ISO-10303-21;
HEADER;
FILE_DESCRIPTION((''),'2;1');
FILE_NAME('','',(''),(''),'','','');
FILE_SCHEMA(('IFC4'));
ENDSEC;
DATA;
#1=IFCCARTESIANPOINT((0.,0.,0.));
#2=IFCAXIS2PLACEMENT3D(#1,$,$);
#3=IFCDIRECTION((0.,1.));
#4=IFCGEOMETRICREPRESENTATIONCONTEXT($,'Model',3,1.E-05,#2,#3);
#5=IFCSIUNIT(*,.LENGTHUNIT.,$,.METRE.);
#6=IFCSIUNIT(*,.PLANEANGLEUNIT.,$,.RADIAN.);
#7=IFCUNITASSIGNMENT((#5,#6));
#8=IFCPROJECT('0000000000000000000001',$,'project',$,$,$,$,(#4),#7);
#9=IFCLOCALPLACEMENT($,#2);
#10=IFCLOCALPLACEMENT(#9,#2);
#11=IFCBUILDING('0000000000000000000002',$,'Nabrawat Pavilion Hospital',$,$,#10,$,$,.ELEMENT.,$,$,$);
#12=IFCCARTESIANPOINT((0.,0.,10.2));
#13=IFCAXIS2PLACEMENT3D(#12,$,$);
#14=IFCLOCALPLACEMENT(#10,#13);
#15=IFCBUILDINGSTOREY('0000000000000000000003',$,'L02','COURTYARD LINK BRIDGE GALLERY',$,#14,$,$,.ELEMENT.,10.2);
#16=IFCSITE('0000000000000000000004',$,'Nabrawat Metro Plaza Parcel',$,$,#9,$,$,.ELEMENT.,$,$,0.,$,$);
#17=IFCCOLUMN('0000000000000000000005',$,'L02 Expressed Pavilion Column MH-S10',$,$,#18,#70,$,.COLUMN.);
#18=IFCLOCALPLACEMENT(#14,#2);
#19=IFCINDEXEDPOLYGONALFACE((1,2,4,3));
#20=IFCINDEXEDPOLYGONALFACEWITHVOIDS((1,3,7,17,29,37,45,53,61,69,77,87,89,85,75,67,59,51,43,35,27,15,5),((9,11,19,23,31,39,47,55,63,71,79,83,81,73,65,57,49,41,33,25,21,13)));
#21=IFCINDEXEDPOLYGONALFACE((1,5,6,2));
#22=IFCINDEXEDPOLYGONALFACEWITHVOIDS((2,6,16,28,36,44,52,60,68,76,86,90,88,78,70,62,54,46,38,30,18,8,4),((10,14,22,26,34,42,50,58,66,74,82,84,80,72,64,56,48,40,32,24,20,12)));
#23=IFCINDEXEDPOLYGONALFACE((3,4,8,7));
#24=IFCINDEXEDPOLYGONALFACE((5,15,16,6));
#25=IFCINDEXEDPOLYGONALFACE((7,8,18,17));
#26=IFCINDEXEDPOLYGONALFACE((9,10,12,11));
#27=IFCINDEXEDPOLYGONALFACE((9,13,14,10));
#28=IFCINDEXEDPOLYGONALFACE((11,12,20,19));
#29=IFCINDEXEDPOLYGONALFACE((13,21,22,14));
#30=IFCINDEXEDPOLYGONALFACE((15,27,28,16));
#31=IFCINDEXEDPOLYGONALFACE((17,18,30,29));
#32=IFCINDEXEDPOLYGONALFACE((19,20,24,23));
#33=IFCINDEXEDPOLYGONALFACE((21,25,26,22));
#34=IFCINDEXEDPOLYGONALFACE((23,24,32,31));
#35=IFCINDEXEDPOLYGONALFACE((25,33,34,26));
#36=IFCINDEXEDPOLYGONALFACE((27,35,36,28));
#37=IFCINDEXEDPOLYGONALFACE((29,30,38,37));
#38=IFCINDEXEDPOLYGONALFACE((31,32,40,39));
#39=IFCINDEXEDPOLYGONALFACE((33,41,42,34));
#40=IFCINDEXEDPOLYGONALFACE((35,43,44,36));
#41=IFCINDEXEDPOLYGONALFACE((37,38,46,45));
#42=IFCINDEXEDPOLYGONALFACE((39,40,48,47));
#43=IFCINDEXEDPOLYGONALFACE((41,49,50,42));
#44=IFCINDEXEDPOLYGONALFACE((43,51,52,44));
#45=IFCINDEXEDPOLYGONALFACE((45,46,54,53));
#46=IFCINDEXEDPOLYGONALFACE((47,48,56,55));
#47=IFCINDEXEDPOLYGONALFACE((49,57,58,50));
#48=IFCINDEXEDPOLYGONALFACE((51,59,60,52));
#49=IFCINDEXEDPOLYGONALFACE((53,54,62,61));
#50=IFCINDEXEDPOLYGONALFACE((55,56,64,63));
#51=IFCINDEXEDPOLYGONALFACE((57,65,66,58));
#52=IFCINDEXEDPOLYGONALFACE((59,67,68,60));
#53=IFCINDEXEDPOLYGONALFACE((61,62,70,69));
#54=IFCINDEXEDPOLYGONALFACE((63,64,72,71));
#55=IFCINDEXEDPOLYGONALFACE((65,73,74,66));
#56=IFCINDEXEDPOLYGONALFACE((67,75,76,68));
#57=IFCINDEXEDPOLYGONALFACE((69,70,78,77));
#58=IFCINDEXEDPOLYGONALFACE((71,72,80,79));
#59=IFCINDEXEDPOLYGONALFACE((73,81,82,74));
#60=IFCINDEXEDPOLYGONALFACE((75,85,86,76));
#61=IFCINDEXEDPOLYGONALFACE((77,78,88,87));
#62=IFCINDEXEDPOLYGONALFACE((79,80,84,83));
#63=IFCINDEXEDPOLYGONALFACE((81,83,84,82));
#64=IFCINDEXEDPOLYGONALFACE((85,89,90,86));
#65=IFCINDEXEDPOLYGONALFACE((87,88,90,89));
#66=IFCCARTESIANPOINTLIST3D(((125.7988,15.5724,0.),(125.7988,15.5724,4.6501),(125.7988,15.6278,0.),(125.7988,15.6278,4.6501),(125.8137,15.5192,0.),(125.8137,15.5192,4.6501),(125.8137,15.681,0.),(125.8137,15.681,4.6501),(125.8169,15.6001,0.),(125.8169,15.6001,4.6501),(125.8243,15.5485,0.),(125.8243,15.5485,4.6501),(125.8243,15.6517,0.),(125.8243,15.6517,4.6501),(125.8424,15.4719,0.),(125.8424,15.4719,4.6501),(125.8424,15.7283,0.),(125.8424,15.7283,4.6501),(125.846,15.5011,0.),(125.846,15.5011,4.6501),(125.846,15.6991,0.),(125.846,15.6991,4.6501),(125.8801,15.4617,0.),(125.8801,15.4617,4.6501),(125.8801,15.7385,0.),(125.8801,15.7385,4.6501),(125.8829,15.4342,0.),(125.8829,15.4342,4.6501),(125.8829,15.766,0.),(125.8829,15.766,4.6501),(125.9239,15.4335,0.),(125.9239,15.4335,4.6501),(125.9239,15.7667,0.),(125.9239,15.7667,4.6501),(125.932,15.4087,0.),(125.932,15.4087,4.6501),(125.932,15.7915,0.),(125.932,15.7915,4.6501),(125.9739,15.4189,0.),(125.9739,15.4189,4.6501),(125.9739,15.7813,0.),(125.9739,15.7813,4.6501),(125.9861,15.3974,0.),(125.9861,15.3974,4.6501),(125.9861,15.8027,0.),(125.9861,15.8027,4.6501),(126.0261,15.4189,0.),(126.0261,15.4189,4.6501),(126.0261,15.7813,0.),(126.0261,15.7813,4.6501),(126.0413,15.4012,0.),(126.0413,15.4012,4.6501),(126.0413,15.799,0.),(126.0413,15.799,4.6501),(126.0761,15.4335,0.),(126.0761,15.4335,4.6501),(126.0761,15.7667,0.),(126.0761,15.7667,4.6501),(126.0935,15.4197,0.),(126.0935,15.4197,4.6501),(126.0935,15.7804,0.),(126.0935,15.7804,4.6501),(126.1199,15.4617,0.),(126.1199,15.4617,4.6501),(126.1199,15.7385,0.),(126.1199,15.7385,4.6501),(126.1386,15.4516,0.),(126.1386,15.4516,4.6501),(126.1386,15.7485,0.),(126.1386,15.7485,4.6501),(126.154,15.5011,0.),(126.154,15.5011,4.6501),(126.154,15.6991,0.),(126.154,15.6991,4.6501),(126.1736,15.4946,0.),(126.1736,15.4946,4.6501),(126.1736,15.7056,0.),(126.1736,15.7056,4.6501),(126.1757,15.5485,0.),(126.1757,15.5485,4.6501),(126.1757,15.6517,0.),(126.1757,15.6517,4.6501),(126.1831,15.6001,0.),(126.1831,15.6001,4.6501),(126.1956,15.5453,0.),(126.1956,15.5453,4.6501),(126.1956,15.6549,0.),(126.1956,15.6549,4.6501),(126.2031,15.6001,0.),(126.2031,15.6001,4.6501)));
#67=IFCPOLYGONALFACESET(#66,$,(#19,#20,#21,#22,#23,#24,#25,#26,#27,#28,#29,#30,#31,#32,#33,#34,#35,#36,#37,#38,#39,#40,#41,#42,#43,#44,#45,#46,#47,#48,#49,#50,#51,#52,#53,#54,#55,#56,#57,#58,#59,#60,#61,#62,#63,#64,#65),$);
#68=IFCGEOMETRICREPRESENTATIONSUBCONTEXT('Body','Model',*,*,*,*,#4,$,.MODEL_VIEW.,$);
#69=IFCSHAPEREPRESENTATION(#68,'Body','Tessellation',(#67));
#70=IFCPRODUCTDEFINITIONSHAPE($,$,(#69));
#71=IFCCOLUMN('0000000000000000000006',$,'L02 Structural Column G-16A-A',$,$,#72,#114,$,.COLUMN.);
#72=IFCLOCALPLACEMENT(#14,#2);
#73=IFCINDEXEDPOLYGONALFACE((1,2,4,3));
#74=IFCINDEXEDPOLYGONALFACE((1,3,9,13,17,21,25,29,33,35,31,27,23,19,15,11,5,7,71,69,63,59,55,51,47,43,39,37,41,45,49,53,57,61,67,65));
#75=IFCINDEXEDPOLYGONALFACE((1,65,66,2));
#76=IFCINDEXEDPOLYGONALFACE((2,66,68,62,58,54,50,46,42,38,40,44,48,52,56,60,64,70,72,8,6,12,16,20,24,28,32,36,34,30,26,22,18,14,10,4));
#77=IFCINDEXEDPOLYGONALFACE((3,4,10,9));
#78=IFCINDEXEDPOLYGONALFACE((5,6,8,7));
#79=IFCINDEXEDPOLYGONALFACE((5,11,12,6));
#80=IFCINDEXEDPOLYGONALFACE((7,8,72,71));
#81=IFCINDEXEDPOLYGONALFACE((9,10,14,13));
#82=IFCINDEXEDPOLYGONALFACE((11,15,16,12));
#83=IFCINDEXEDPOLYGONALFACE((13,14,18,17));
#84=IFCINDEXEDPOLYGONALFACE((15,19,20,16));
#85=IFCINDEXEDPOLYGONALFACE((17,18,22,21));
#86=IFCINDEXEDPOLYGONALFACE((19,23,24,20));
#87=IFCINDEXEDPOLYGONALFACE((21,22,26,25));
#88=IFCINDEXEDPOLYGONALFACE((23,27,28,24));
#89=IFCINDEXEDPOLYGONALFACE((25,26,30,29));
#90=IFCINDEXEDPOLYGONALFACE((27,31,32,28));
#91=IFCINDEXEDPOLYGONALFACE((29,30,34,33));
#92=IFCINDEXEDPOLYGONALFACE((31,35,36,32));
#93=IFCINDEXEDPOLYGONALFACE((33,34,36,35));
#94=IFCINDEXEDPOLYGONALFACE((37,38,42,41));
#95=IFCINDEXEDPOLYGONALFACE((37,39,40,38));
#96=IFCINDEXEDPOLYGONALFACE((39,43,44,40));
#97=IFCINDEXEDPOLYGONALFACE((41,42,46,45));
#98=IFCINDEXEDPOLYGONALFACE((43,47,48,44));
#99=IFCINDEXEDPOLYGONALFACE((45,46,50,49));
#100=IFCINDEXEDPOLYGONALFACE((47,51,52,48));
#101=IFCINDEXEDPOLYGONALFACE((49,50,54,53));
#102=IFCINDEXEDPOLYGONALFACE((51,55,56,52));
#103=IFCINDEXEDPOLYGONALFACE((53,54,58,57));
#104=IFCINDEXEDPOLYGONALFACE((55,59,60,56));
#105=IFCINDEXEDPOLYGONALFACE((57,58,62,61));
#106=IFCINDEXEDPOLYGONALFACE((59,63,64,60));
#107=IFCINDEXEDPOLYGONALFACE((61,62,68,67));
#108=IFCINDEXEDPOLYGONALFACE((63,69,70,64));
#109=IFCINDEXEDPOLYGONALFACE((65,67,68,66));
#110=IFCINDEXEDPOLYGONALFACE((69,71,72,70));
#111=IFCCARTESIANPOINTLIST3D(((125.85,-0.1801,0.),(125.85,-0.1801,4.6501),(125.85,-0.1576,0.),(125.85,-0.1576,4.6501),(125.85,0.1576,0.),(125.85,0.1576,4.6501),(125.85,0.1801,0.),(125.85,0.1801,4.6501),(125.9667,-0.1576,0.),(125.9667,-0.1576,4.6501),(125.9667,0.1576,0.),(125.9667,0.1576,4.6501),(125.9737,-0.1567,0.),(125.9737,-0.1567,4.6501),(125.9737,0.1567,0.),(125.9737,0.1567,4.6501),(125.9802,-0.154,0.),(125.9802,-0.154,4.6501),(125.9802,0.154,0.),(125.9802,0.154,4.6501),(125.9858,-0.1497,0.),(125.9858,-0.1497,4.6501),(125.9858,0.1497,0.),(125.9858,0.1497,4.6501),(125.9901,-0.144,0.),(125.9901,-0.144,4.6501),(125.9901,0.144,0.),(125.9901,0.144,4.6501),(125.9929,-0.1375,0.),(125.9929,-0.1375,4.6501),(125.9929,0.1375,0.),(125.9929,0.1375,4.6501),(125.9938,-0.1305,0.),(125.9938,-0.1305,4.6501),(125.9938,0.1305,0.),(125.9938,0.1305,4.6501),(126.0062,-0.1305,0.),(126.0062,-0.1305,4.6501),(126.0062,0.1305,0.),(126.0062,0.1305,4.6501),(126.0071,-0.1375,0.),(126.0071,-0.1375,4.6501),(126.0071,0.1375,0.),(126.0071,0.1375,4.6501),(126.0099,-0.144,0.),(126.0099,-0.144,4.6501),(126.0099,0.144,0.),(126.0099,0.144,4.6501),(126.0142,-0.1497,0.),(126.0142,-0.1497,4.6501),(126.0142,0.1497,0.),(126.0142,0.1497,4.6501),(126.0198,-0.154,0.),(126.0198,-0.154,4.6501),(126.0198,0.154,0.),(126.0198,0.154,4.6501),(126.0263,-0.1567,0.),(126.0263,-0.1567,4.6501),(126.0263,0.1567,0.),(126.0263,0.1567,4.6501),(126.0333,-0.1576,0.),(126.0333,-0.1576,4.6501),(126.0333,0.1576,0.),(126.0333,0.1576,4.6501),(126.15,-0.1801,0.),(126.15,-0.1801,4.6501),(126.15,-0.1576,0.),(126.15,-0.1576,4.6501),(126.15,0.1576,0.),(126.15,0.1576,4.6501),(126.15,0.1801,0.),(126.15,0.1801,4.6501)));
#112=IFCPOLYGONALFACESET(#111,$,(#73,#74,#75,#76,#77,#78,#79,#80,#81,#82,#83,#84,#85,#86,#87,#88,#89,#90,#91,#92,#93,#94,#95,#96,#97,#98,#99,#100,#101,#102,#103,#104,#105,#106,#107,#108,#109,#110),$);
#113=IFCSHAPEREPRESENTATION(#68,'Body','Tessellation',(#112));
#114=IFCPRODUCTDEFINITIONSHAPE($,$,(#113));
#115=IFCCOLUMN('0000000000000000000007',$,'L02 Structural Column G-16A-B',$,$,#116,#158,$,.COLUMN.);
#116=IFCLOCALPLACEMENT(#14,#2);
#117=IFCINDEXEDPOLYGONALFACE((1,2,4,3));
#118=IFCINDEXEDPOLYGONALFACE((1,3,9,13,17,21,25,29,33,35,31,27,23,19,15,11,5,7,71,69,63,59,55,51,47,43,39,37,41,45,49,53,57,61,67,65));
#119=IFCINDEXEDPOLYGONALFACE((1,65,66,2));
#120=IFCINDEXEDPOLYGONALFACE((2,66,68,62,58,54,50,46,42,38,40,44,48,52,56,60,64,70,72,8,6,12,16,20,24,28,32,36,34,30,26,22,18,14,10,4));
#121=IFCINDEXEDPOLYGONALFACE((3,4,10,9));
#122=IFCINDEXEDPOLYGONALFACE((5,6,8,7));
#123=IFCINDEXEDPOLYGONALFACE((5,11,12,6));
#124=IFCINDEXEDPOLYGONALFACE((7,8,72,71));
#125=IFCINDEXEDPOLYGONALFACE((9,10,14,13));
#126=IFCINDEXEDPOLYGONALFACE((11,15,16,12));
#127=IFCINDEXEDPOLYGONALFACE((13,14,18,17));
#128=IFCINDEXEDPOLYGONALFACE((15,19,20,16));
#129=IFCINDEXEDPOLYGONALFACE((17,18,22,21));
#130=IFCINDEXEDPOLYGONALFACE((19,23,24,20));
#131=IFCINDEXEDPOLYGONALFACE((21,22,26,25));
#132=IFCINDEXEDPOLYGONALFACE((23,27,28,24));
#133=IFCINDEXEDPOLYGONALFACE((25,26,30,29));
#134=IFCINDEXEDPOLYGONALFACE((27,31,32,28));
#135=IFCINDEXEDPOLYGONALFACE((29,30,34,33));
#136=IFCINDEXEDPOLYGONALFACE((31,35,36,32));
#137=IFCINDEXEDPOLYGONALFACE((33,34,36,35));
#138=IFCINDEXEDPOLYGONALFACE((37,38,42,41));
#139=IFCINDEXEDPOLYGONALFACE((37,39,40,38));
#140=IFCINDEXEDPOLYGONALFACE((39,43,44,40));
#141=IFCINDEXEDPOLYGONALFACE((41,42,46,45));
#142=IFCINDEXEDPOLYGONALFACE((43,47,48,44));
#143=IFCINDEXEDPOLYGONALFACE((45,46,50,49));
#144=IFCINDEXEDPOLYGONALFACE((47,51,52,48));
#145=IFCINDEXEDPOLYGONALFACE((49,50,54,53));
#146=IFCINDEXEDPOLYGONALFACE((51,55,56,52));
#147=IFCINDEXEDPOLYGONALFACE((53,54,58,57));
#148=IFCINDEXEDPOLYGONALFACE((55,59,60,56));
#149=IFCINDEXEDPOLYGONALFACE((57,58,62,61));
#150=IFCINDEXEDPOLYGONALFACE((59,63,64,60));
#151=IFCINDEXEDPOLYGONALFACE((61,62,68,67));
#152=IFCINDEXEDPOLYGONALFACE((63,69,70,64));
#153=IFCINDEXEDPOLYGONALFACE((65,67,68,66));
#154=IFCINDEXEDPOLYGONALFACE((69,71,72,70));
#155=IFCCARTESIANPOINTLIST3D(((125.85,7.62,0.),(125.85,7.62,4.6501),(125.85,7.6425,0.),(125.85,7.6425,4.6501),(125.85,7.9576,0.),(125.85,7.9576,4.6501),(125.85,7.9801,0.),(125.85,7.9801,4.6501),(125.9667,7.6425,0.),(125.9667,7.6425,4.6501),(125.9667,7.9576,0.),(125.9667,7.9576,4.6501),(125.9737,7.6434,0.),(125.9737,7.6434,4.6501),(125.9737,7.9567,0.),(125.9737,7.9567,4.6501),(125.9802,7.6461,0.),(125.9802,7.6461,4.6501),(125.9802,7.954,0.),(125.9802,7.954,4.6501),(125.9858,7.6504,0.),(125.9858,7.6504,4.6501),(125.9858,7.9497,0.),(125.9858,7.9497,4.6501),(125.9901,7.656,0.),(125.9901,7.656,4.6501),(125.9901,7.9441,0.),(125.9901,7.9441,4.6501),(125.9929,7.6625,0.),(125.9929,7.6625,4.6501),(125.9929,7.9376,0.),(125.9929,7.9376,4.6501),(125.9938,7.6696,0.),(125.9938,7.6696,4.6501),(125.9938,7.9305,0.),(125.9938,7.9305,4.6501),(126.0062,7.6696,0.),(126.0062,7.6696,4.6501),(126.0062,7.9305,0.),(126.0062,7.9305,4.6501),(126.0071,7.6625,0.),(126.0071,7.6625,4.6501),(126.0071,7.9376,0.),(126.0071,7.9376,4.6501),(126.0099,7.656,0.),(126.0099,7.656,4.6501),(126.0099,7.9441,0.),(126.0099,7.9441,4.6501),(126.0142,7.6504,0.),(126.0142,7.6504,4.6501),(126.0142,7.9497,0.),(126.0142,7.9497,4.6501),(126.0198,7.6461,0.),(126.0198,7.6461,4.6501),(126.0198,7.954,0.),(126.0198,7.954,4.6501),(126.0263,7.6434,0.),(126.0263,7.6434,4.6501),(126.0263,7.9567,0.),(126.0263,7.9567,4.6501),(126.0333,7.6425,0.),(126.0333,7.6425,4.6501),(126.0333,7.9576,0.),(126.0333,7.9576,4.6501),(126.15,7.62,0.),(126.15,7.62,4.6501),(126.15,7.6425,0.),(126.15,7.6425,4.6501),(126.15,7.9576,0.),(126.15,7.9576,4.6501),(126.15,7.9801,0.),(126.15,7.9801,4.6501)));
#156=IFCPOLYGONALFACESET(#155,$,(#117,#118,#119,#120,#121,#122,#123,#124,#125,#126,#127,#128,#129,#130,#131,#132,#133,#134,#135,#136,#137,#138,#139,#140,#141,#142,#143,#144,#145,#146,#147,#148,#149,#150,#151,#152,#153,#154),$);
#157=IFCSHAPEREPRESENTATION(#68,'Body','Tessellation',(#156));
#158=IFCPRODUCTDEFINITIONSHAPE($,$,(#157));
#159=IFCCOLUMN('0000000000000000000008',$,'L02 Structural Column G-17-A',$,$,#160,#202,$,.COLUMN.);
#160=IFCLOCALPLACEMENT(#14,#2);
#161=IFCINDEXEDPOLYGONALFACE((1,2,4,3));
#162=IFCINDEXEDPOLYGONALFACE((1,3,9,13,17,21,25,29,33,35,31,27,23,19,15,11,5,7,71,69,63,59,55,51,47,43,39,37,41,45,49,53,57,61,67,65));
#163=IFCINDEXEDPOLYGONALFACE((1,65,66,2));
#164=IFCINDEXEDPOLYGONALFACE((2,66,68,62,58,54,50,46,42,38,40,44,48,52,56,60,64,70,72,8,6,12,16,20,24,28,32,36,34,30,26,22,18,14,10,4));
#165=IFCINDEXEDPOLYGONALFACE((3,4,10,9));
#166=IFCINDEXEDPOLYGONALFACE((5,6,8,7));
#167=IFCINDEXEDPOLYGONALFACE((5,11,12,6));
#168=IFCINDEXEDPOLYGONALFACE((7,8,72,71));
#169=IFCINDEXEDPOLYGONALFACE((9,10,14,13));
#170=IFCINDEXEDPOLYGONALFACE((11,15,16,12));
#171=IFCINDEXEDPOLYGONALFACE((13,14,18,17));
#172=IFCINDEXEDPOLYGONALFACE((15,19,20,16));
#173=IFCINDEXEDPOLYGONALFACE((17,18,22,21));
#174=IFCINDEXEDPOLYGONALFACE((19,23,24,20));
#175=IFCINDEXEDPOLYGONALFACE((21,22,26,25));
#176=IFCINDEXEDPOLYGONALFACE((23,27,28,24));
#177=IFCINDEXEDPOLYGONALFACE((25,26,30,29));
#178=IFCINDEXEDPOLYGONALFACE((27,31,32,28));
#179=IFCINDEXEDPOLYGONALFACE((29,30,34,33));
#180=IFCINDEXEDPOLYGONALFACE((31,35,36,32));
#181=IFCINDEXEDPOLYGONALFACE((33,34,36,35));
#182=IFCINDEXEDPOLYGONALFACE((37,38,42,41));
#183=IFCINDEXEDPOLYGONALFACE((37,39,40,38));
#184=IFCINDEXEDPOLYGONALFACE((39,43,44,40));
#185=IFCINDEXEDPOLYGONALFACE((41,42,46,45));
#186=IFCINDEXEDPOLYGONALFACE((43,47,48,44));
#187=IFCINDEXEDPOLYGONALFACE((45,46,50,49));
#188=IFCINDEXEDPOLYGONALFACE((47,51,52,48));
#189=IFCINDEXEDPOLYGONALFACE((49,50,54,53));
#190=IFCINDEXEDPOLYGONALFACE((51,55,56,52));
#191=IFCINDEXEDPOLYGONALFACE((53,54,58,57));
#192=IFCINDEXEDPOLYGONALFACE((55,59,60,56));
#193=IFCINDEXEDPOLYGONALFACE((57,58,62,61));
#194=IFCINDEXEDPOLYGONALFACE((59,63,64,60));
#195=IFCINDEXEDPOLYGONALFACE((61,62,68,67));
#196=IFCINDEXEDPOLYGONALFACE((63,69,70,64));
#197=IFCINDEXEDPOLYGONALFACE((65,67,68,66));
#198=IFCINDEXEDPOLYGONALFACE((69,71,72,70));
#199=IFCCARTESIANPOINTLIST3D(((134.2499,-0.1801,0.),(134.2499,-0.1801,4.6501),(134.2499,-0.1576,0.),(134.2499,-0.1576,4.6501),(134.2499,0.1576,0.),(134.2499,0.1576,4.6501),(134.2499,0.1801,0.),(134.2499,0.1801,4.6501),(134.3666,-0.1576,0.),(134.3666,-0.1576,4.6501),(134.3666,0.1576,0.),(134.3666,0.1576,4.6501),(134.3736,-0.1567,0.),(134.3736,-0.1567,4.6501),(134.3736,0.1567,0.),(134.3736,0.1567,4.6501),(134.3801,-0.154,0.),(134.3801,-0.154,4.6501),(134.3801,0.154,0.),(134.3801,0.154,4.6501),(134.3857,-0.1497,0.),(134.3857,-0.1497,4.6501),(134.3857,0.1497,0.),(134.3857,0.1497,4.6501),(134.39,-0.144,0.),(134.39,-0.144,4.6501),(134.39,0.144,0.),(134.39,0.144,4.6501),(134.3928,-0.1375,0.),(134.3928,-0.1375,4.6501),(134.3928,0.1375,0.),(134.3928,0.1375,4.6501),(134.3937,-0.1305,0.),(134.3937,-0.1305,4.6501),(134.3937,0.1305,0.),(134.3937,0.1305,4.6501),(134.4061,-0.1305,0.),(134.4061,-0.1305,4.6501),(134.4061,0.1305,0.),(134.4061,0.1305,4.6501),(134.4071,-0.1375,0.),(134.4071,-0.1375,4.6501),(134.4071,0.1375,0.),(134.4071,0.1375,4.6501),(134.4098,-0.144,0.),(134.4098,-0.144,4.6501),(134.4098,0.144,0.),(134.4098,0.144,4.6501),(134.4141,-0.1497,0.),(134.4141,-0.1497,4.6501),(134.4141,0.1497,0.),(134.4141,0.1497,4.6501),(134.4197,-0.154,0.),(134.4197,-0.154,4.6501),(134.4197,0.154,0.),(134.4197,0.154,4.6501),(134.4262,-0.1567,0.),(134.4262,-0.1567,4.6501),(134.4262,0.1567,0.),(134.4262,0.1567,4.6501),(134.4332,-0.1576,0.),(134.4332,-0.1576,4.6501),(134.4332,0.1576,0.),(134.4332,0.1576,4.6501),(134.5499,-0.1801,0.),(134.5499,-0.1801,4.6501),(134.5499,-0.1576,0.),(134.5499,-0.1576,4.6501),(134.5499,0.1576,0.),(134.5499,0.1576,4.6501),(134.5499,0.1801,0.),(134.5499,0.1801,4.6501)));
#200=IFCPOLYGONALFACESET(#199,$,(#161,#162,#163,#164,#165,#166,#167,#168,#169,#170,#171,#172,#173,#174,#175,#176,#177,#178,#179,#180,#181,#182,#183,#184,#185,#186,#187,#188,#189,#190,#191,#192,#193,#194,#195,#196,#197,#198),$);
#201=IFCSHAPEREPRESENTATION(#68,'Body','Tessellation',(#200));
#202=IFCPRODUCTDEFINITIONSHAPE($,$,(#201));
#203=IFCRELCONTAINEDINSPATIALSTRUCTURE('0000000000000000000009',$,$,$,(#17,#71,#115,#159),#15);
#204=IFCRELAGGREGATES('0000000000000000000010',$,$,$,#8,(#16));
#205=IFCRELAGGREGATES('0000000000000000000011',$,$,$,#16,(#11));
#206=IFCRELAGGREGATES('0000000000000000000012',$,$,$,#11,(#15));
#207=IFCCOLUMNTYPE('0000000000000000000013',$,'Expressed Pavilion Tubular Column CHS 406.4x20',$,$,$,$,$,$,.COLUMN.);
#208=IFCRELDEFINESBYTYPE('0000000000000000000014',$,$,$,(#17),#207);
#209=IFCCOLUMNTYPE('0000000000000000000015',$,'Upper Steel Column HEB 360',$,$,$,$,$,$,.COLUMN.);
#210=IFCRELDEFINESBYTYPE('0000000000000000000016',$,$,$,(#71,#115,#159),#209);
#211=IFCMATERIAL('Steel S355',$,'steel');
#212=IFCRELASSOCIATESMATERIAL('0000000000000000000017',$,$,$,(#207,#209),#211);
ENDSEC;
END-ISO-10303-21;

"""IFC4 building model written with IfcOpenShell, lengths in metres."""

from ifc_helpers import new_model, si_unit, direction, frame, origin, origin_2d, place, context, subcontext, project, spatial, hollow_circle, i_section, extrude, material, material_profile, profile_set, type_object, element, save


model = new_model("IFC4")

# Units and contexts
model_context = context("Model", 3, precision=1e-05, world=origin(), true_north=direction((0.0, 1.0)))
body_context = subcontext(model_context, "Body", "Model", "MODEL_VIEW")
ifc_project = project(units=[si_unit("LENGTHUNIT", "METRE"), si_unit("PLANEANGLEUNIT", "RADIAN")], contexts=[model_context])

# Site, building, storey
site_placement = place(None, origin())
site = spatial("IfcSite", under=ifc_project, at=site_placement, Name="Nabrawat Metro Plaza Parcel", CompositionType="ELEMENT", RefElevation=0.0)
building_placement = place(site_placement, origin())
building = spatial("IfcBuilding", under=site, at=building_placement, Name="Nabrawat Pavilion Hospital", CompositionType="ELEMENT")
storey_placement = place(building_placement, frame((0.0, 0.0, 10.2)))
storey = spatial("IfcBuildingStorey", under=building, at=storey_placement, Name="L02", Description="COURTYARD LINK BRIDGE GALLERY", CompositionType="ELEMENT", Elevation=10.2)

# Columns
ifc_material_1 = material(Name="Steel S355", Category="steel")
ifc_material_profile_1 = material_profile(ifc_material_1, hollow_circle(Radius=0.2031, WallThickness=0.02, at=origin_2d()), Name="CHS 406.4x20")
ifc_profile_set_1 = profile_set([ifc_material_profile_1], Name="Steel S355")
column_type_1 = type_object("IfcColumnType", Name="Expressed Pavilion Tubular Column CHS 406.4x20", PredefinedType="COLUMN", material=ifc_profile_set_1)
column_placement = place(storey_placement, frame((126.0, 15.6001, 0.0), z_axis=(0.0, 0.0, 1.0), x_axis=(1.0, 0.0, 0.0)))
element("IfcColumn", 1, at=column_placement, inside=storey, type_object=column_type_1, Name="L02 Expressed Pavilion Column MH-S10", PredefinedType="COLUMN", context=body_context, shape_type="SweptSolid", body=[
    extrude(hollow_circle(Radius=0.2031, WallThickness=0.02, at=origin_2d()), origin(), (0.0, 0.0, 1.0), 4.6501),
])
ifc_material_profile_2 = material_profile(ifc_material_1, i_section(OverallWidth=0.3, OverallDepth=0.3601, WebThickness=0.0125, FlangeThickness=0.0225, FilletRadius=0.0271, at=origin_2d()), Name="HEB 360")
ifc_profile_set_2 = profile_set([ifc_material_profile_2], Name="Steel S355")
column_type_2 = type_object("IfcColumnType", Name="Upper Steel Column HEB 360", PredefinedType="COLUMN", material=ifc_profile_set_2)
for number, where, z_axis, x_axis, name in (
    (2, (126.0, 0.0, 0.0), (0.0, 0.0, 1.0), (1.0, 0.0, 0.0), "L02 Structural Column G-16A-A"),
    (3, (126.0, 7.8, 0.0), (0.0, 0.0, 1.0), (1.0, 0.0, 0.0), "L02 Structural Column G-16A-B"),
    (4, (134.3999, 0.0, 0.0), (0.0, 0.0, 1.0), (1.0, 0.0, 0.0), "L02 Structural Column G-17-A"),
):
    element("IfcColumn", number, at=place(storey_placement, frame(where, z_axis=z_axis, x_axis=x_axis)), inside=storey, type_object=column_type_2, Name=name, PredefinedType="COLUMN", context=body_context, shape_type="SweptSolid", body=[
        extrude(i_section(OverallWidth=0.3, OverallDepth=0.3601, WebThickness=0.0125, FlangeThickness=0.0225, FilletRadius=0.0271, at=origin_2d()), origin(), (0.0, 0.0, 1.0), 4.6501),
    ])

save(model, "model.ifc")
